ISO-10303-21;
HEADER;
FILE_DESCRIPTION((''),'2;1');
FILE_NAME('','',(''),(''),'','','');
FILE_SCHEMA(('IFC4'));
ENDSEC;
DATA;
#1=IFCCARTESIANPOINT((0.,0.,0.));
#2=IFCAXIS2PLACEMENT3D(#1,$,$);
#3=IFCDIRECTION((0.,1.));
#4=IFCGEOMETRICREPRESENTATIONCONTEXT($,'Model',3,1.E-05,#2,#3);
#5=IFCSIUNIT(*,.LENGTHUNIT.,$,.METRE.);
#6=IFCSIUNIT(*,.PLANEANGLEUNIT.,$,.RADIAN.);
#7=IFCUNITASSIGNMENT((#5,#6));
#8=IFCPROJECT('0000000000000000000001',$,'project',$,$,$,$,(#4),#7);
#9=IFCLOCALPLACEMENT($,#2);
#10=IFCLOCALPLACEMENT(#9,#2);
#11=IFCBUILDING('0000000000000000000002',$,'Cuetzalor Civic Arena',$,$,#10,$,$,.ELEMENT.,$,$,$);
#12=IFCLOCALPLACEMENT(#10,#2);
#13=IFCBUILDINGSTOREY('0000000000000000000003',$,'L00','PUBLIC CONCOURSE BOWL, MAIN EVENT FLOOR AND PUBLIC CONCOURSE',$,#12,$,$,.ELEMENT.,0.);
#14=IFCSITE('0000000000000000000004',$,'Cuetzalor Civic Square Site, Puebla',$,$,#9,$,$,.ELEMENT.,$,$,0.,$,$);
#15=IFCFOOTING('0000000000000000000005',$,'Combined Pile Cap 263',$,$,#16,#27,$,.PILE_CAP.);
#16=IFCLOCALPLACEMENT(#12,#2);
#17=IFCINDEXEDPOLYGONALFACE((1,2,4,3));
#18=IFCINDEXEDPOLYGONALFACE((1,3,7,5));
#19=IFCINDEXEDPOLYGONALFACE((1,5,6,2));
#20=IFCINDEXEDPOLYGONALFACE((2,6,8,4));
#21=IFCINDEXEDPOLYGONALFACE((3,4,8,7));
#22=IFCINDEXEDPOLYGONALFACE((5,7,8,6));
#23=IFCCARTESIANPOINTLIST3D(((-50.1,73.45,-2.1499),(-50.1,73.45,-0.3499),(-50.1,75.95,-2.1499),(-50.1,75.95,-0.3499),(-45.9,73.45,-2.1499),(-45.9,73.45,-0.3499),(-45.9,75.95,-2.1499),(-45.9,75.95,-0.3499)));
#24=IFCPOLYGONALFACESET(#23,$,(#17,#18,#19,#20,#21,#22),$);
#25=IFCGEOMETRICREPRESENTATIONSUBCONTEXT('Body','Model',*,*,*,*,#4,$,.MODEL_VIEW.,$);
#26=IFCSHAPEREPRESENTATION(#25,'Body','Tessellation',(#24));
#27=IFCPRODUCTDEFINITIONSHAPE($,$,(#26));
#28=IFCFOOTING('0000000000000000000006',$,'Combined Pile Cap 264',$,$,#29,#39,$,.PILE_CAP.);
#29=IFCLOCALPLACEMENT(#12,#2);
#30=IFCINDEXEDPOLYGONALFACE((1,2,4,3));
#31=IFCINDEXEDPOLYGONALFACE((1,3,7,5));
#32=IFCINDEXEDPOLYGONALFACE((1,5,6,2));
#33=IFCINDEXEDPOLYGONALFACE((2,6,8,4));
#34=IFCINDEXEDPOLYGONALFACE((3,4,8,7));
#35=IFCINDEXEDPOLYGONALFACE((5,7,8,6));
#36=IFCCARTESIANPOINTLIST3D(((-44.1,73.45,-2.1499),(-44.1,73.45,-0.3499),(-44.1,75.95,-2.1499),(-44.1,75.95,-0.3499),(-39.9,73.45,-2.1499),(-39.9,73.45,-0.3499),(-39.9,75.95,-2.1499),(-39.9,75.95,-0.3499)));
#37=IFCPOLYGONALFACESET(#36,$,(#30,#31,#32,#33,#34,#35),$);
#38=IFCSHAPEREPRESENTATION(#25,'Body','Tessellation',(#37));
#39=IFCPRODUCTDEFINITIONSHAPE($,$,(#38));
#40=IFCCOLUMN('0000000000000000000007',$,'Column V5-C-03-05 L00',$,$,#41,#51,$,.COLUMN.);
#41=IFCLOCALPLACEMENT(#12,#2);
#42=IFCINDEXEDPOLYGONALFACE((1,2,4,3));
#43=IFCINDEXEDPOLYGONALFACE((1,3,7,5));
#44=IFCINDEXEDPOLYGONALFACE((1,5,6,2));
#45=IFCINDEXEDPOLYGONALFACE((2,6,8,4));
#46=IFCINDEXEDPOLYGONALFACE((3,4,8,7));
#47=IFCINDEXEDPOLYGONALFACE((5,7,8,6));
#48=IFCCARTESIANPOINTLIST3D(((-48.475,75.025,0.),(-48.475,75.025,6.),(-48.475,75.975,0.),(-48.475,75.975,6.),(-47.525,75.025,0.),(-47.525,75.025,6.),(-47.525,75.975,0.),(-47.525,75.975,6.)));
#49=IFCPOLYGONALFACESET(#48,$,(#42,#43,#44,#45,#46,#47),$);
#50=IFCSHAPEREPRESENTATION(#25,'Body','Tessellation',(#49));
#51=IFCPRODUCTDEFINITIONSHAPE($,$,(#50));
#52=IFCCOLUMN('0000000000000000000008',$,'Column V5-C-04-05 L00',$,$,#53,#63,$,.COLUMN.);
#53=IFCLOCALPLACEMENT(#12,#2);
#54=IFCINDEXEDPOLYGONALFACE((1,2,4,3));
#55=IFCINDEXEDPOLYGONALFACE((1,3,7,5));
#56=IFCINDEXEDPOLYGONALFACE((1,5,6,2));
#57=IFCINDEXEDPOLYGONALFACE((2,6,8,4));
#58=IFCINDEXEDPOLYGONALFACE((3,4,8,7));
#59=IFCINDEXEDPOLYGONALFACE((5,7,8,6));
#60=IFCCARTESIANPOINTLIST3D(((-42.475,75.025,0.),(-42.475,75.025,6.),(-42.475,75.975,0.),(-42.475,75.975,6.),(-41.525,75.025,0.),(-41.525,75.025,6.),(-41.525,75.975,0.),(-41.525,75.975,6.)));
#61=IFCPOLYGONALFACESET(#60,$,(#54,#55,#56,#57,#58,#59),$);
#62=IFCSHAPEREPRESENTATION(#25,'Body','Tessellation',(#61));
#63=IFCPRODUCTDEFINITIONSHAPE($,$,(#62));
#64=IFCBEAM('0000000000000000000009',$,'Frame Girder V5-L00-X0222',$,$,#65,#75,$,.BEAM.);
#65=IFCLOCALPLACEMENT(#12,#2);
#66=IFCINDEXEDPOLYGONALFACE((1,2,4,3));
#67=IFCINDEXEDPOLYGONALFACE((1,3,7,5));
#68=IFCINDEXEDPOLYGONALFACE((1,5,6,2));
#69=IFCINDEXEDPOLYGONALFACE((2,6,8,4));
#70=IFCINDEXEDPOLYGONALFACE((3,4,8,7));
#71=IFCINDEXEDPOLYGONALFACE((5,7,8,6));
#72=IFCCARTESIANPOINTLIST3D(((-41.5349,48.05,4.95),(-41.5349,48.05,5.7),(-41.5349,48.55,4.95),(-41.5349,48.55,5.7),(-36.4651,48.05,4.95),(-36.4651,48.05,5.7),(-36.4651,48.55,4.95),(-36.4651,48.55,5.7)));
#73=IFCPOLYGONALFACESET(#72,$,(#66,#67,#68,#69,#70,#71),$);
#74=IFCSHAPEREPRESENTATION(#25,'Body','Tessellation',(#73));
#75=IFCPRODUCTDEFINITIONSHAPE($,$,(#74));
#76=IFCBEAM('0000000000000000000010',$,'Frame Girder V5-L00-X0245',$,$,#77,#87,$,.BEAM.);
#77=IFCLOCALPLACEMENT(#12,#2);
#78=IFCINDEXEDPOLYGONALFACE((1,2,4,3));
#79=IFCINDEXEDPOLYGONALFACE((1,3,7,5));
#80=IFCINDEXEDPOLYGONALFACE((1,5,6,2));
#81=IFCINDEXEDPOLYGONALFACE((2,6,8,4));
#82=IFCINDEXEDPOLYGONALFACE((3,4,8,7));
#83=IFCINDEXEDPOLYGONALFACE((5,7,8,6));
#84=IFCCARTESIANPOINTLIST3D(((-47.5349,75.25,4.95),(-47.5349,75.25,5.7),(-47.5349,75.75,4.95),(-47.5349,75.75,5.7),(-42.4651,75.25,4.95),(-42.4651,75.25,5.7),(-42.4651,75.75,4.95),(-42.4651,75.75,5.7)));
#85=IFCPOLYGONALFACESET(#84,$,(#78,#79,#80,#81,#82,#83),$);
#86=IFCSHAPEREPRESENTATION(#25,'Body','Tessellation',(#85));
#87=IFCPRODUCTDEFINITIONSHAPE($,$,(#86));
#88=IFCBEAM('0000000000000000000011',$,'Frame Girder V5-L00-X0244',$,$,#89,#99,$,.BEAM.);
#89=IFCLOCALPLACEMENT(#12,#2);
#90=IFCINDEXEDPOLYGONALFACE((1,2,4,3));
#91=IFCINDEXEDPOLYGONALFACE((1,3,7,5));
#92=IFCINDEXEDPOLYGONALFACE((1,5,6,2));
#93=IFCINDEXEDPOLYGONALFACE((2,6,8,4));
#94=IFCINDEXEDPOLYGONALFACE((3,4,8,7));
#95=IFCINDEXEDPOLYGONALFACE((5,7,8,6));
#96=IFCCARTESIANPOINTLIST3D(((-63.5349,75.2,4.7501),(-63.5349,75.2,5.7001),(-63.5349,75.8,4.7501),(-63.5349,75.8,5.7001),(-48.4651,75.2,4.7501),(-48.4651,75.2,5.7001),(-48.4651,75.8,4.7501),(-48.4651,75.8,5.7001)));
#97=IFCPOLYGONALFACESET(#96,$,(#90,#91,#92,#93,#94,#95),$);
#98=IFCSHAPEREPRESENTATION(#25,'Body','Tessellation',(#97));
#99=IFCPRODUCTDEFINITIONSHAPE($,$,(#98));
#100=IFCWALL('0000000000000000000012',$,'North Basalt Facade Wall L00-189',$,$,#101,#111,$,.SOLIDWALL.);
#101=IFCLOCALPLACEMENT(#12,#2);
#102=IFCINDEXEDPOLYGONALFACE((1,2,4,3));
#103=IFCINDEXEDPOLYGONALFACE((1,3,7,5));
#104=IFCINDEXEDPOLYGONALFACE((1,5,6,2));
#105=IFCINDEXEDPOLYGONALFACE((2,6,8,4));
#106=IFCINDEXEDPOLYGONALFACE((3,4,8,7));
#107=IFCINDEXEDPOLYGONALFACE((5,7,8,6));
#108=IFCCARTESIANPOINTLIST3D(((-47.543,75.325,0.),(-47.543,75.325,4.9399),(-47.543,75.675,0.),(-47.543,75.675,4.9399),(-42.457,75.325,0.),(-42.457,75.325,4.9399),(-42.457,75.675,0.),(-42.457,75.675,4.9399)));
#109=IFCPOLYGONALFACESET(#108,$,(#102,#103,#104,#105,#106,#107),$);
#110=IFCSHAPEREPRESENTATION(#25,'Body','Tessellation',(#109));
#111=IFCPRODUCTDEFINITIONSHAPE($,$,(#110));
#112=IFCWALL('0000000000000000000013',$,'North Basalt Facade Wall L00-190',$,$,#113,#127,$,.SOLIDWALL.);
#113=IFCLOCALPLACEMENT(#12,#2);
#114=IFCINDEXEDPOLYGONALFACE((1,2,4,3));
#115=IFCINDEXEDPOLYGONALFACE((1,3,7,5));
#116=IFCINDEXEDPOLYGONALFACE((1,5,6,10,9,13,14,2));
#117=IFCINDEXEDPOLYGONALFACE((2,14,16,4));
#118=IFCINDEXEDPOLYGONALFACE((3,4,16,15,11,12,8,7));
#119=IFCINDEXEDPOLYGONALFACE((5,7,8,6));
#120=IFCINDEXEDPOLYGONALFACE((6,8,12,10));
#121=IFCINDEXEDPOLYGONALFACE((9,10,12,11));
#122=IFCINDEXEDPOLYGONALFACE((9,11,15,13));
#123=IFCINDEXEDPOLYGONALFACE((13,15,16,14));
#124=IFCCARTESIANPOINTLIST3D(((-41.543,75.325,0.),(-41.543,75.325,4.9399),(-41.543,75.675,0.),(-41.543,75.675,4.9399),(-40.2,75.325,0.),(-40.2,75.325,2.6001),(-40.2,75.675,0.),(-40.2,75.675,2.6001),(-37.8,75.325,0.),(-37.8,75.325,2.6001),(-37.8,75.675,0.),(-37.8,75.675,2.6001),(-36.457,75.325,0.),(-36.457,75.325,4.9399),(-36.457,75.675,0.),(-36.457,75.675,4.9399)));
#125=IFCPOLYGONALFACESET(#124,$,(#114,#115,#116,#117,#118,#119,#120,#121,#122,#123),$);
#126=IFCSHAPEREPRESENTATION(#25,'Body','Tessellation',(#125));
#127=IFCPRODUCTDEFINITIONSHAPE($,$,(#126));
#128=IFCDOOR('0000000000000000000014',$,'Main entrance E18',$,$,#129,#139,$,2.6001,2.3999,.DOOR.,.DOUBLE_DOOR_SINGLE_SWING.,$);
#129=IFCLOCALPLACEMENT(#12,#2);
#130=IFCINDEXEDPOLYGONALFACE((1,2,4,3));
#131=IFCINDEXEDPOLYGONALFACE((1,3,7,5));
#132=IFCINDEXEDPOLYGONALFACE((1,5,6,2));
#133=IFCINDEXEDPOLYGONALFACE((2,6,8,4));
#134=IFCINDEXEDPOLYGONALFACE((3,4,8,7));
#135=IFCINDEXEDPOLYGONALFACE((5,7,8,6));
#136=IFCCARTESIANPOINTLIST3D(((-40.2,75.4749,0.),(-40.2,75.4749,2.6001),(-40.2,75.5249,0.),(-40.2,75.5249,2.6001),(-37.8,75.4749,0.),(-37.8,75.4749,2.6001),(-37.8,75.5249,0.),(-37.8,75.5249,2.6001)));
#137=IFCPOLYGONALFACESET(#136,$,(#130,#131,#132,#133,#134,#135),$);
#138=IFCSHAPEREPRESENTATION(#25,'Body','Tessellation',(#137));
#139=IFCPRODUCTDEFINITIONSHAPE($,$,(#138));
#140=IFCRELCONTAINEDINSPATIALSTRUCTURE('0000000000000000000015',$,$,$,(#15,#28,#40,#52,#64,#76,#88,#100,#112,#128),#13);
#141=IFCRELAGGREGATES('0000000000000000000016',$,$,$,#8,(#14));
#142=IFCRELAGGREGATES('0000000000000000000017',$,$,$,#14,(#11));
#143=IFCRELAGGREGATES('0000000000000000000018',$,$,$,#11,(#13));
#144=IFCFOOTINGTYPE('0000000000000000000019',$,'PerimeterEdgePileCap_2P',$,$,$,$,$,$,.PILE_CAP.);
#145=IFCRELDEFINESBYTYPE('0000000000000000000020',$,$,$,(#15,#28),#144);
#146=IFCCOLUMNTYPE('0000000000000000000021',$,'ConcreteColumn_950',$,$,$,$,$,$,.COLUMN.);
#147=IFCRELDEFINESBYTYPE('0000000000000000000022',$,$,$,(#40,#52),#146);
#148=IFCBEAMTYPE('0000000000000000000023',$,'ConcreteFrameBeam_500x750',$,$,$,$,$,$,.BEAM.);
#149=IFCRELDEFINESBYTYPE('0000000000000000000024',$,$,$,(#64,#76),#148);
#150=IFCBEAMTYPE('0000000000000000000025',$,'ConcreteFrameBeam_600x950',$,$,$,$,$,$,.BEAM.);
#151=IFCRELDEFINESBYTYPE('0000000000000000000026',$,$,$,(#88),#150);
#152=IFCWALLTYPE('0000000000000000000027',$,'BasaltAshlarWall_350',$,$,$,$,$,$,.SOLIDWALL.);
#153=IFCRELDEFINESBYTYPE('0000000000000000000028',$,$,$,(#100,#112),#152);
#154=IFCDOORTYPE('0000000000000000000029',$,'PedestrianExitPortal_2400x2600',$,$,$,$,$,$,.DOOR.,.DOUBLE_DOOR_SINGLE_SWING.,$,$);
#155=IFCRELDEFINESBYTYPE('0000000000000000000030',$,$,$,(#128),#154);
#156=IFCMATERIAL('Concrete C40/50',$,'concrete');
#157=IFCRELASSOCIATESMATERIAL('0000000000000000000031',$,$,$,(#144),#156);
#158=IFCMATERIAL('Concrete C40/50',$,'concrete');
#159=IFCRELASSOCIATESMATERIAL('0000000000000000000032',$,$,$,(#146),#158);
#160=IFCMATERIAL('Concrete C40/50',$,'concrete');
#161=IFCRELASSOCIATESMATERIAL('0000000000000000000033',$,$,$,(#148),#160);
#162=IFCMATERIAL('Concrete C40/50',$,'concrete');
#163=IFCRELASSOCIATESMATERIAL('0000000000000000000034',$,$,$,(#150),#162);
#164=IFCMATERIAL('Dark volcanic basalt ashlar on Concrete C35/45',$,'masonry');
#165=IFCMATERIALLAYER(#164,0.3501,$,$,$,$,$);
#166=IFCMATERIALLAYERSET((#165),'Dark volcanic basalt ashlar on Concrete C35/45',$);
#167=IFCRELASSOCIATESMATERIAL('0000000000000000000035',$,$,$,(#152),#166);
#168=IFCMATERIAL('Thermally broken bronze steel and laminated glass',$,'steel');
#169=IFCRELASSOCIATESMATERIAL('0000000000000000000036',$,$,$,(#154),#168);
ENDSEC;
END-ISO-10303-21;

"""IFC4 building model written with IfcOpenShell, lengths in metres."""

from ifc_helpers import new_model, si_unit, direction, frame, frame_2d, origin, origin_2d, place, context, subcontext, project, spatial, rectangle, extrude, material, layer, layer_set, material_profile, profile_set, type_object, element, fill, save


model = new_model("IFC4")

# Units and contexts
model_context = context("Model", 3, precision=1e-05, world=origin(), true_north=direction((0.0, 1.0)))
body_context = subcontext(model_context, "Body", "Model", "MODEL_VIEW")
ifc_project = project(units=[si_unit("LENGTHUNIT", "METRE"), si_unit("PLANEANGLEUNIT", "RADIAN")], contexts=[model_context])

# Site, building, storey
site_placement = place(None, origin())
site = spatial("IfcSite", under=ifc_project, at=site_placement, Name="Cuetzalor Civic Square Site, Puebla", CompositionType="ELEMENT", RefElevation=0.0)
building_placement = place(site_placement, origin())
building = spatial("IfcBuilding", under=site, at=building_placement, Name="Cuetzalor Civic Arena", CompositionType="ELEMENT")
storey_placement = place(building_placement, origin())
storey = spatial("IfcBuildingStorey", under=building, at=storey_placement, Name="L00", Description="PUBLIC CONCOURSE BOWL, MAIN EVENT FLOOR AND PUBLIC CONCOURSE", CompositionType="ELEMENT", Elevation=0.0)

# Footings
ifc_material_1 = material(Name="Concrete C40/50", Category="concrete")
footing_type_1 = type_object("IfcFootingType", Name="PerimeterEdgePileCap_2P", PredefinedType="PILE_CAP", material=ifc_material_1)
for number, where, z_axis, x_axis, name in (
    (1, (-48.0, 74.7, -2.1499), (0.0, 0.0, 1.0), (1.0, 0.0, 0.0), "Combined Pile Cap 263"),
    (2, (-42.0, 74.7, -2.1499), (0.0, 0.0, 1.0), (1.0, 0.0, 0.0), "Combined Pile Cap 264"),
):
    element("IfcFooting", number, at=place(storey_placement, frame(where, z_axis=z_axis, x_axis=x_axis)), inside=storey, type_object=footing_type_1, Name=name, PredefinedType="PILE_CAP", context=body_context, shape_type="SweptSolid", body=[
        extrude(rectangle(XDim=4.2, YDim=2.5, at=origin_2d()), origin(), (0.0, 0.0, 1.0), 1.8),
    ])

# Columns
ifc_material_2 = material(Name="Concrete C40/50", Category="concrete")
ifc_material_profile_1 = material_profile(ifc_material_2, rectangle(XDim=0.95, YDim=0.95, at=origin_2d()), Name="RC 950x950")
ifc_profile_set_1 = profile_set([ifc_material_profile_1], Name="Concrete C40/50")
column_type = type_object("IfcColumnType", Name="ConcreteColumn_950", PredefinedType="COLUMN", material=ifc_profile_set_1)
for number, where, z_axis, x_axis, name in (
    (3, (-48.0, 75.5, 0.0), (0.0, 0.0, 1.0), (1.0, 0.0, 0.0), "Column V5-C-03-05 L00"),
    (4, (-42.0, 75.5, 0.0), (0.0, 0.0, 1.0), (1.0, 0.0, 0.0), "Column V5-C-04-05 L00"),
):
    element("IfcColumn", number, at=place(storey_placement, frame(where, z_axis=z_axis, x_axis=x_axis)), inside=storey, type_object=column_type, Name=name, PredefinedType="COLUMN", context=body_context, shape_type="SweptSolid", body=[
        extrude(rectangle(XDim=0.95, YDim=0.95, at=origin_2d()), origin(), (0.0, 0.0, 1.0), 6.0),
    ])

# Beams
ifc_material_3 = material(Name="Concrete C40/50", Category="concrete")
ifc_material_profile_2 = material_profile(ifc_material_3, rectangle(XDim=0.5, YDim=0.75, at=origin_2d()), Name="RC 500x750")
ifc_profile_set_2 = profile_set([ifc_material_profile_2], Name="Concrete C40/50")
beam_type_1 = type_object("IfcBeamType", Name="ConcreteFrameBeam_500x750", PredefinedType="BEAM", material=ifc_profile_set_2)
for number, where, z_axis, x_axis, name in (
    (5, (-41.5349, 48.3, 5.325), (1.0, 0.0, 0.0), (0.0, 1.0, 0.0), "Frame Girder V5-L00-X0222"),
    (6, (-47.5349, 75.5, 5.325), (1.0, 0.0, 0.0), (0.0, 1.0, 0.0), "Frame Girder V5-L00-X0245"),
):
    element("IfcBeam", number, at=place(storey_placement, frame(where, z_axis=z_axis, x_axis=x_axis)), inside=storey, type_object=beam_type_1, Name=name, PredefinedType="BEAM", context=body_context, shape_type="SweptSolid", body=[
        extrude(rectangle(XDim=0.5, YDim=0.75, at=origin_2d()), origin(), (0.0, 0.0, 1.0), 5.0698),
    ])
ifc_material_4 = material(Name="Concrete C40/50", Category="concrete")
ifc_material_profile_3 = material_profile(ifc_material_4, rectangle(XDim=0.6001, YDim=0.95, at=origin_2d()), Name="RC 600x950")
ifc_profile_set_3 = profile_set([ifc_material_profile_3], Name="Concrete C40/50")
beam_type_2 = type_object("IfcBeamType", Name="ConcreteFrameBeam_600x950", PredefinedType="BEAM", material=ifc_profile_set_3)
beam_placement = place(storey_placement, frame((-63.5349, 75.5, 5.2251), z_axis=(1.0, 0.0, 0.0), x_axis=(0.0, 1.0, 0.0)))
element("IfcBeam", 7, at=beam_placement, inside=storey, type_object=beam_type_2, Name="Frame Girder V5-L00-X0244", PredefinedType="BEAM", context=body_context, shape_type="SweptSolid", body=[
    extrude(rectangle(XDim=0.6001, YDim=0.95, at=origin_2d()), origin(), (0.0, 0.0, 1.0), 15.0698),
])

# Wall
ifc_material_5 = material(Name="Dark volcanic basalt ashlar on Concrete C35/45", Category="masonry")
ifc_layer = layer(ifc_material_5, 0.3501)
ifc_layer_set = layer_set([ifc_layer], Name="Dark volcanic basalt ashlar on Concrete C35/45")
wall_type = type_object("IfcWallType", Name="BasaltAshlarWall_350", PredefinedType="SOLIDWALL", material=ifc_layer_set)
wall_1_placement = place(storey_placement, frame((-47.543, 75.5, 0.0), z_axis=(0.0, 0.0, 1.0), x_axis=(1.0, 0.0, 0.0)))
element("IfcWall", 8, at=wall_1_placement, inside=storey, type_object=wall_type, Name="North Basalt Facade Wall L00-189", PredefinedType="SOLIDWALL", context=body_context, shape_type="SweptSolid", body=[
    extrude(rectangle(XDim=5.0859, YDim=0.3501, at=frame_2d((2.543, 0.0))), origin(), (0.0, 0.0, 1.0), 4.9399),
])

# Wall, opening, door
wall_2_placement = place(storey_placement, frame((-41.543, 75.5, 0.0), z_axis=(0.0, 0.0, 1.0), x_axis=(1.0, 0.0, 0.0)))
wall_2 = element("IfcWall", 9, at=wall_2_placement, inside=storey, type_object=wall_type, Name="North Basalt Facade Wall L00-190", PredefinedType="SOLIDWALL", context=body_context, shape_type="SweptSolid", body=[
    extrude(rectangle(XDim=5.0859, YDim=0.3501, at=frame_2d((2.543, 0.0))), origin(), (0.0, 0.0, 1.0), 4.9399),
])
opening_placement = place(wall_2_placement, frame((1.343, 0.0, 0.0)))
opening = element("IfcOpeningElement", 10, at=opening_placement, cuts=wall_2, PredefinedType="OPENING", context=body_context, shape_type="SweptSolid", body=[
    extrude(rectangle(XDim=2.3999, YDim=2.6001, at=frame_2d((1.2, 1.3))), frame((0.0, 0.1851, 0.0), z_axis=(0.0, -1.0, 0.0), x_axis=(1.0, 0.0, 0.0)), (0.0, 0.0, 1.0), 0.3701),
])
ifc_material_6 = material(Name="Thermally broken bronze steel and laminated glass", Category="steel")
door_type = type_object("IfcDoorType", Name="PedestrianExitPortal_2400x2600", OperationType="DOUBLE_DOOR_SINGLE_SWING", PredefinedType="DOOR", material=ifc_material_6)
door_placement = place(opening_placement, origin())
door = element("IfcDoor", 11, at=door_placement, inside=storey, type_object=door_type, Name="Main entrance E18", OperationType="DOUBLE_DOOR_SINGLE_SWING", OverallHeight=2.6001, OverallWidth=2.3999, PredefinedType="DOOR", context=body_context, shape_type="SweptSolid", body=[
    extrude(rectangle(XDim=2.3999, YDim=2.6001, at=frame_2d((1.2, 1.3))), frame((0.0, 0.0249, 0.0), z_axis=(0.0, -1.0, 0.0), x_axis=(1.0, 0.0, 0.0)), (0.0, 0.0, 1.0), 0.05),
])
fill(opening, door)

save(model, "model.ifc")
